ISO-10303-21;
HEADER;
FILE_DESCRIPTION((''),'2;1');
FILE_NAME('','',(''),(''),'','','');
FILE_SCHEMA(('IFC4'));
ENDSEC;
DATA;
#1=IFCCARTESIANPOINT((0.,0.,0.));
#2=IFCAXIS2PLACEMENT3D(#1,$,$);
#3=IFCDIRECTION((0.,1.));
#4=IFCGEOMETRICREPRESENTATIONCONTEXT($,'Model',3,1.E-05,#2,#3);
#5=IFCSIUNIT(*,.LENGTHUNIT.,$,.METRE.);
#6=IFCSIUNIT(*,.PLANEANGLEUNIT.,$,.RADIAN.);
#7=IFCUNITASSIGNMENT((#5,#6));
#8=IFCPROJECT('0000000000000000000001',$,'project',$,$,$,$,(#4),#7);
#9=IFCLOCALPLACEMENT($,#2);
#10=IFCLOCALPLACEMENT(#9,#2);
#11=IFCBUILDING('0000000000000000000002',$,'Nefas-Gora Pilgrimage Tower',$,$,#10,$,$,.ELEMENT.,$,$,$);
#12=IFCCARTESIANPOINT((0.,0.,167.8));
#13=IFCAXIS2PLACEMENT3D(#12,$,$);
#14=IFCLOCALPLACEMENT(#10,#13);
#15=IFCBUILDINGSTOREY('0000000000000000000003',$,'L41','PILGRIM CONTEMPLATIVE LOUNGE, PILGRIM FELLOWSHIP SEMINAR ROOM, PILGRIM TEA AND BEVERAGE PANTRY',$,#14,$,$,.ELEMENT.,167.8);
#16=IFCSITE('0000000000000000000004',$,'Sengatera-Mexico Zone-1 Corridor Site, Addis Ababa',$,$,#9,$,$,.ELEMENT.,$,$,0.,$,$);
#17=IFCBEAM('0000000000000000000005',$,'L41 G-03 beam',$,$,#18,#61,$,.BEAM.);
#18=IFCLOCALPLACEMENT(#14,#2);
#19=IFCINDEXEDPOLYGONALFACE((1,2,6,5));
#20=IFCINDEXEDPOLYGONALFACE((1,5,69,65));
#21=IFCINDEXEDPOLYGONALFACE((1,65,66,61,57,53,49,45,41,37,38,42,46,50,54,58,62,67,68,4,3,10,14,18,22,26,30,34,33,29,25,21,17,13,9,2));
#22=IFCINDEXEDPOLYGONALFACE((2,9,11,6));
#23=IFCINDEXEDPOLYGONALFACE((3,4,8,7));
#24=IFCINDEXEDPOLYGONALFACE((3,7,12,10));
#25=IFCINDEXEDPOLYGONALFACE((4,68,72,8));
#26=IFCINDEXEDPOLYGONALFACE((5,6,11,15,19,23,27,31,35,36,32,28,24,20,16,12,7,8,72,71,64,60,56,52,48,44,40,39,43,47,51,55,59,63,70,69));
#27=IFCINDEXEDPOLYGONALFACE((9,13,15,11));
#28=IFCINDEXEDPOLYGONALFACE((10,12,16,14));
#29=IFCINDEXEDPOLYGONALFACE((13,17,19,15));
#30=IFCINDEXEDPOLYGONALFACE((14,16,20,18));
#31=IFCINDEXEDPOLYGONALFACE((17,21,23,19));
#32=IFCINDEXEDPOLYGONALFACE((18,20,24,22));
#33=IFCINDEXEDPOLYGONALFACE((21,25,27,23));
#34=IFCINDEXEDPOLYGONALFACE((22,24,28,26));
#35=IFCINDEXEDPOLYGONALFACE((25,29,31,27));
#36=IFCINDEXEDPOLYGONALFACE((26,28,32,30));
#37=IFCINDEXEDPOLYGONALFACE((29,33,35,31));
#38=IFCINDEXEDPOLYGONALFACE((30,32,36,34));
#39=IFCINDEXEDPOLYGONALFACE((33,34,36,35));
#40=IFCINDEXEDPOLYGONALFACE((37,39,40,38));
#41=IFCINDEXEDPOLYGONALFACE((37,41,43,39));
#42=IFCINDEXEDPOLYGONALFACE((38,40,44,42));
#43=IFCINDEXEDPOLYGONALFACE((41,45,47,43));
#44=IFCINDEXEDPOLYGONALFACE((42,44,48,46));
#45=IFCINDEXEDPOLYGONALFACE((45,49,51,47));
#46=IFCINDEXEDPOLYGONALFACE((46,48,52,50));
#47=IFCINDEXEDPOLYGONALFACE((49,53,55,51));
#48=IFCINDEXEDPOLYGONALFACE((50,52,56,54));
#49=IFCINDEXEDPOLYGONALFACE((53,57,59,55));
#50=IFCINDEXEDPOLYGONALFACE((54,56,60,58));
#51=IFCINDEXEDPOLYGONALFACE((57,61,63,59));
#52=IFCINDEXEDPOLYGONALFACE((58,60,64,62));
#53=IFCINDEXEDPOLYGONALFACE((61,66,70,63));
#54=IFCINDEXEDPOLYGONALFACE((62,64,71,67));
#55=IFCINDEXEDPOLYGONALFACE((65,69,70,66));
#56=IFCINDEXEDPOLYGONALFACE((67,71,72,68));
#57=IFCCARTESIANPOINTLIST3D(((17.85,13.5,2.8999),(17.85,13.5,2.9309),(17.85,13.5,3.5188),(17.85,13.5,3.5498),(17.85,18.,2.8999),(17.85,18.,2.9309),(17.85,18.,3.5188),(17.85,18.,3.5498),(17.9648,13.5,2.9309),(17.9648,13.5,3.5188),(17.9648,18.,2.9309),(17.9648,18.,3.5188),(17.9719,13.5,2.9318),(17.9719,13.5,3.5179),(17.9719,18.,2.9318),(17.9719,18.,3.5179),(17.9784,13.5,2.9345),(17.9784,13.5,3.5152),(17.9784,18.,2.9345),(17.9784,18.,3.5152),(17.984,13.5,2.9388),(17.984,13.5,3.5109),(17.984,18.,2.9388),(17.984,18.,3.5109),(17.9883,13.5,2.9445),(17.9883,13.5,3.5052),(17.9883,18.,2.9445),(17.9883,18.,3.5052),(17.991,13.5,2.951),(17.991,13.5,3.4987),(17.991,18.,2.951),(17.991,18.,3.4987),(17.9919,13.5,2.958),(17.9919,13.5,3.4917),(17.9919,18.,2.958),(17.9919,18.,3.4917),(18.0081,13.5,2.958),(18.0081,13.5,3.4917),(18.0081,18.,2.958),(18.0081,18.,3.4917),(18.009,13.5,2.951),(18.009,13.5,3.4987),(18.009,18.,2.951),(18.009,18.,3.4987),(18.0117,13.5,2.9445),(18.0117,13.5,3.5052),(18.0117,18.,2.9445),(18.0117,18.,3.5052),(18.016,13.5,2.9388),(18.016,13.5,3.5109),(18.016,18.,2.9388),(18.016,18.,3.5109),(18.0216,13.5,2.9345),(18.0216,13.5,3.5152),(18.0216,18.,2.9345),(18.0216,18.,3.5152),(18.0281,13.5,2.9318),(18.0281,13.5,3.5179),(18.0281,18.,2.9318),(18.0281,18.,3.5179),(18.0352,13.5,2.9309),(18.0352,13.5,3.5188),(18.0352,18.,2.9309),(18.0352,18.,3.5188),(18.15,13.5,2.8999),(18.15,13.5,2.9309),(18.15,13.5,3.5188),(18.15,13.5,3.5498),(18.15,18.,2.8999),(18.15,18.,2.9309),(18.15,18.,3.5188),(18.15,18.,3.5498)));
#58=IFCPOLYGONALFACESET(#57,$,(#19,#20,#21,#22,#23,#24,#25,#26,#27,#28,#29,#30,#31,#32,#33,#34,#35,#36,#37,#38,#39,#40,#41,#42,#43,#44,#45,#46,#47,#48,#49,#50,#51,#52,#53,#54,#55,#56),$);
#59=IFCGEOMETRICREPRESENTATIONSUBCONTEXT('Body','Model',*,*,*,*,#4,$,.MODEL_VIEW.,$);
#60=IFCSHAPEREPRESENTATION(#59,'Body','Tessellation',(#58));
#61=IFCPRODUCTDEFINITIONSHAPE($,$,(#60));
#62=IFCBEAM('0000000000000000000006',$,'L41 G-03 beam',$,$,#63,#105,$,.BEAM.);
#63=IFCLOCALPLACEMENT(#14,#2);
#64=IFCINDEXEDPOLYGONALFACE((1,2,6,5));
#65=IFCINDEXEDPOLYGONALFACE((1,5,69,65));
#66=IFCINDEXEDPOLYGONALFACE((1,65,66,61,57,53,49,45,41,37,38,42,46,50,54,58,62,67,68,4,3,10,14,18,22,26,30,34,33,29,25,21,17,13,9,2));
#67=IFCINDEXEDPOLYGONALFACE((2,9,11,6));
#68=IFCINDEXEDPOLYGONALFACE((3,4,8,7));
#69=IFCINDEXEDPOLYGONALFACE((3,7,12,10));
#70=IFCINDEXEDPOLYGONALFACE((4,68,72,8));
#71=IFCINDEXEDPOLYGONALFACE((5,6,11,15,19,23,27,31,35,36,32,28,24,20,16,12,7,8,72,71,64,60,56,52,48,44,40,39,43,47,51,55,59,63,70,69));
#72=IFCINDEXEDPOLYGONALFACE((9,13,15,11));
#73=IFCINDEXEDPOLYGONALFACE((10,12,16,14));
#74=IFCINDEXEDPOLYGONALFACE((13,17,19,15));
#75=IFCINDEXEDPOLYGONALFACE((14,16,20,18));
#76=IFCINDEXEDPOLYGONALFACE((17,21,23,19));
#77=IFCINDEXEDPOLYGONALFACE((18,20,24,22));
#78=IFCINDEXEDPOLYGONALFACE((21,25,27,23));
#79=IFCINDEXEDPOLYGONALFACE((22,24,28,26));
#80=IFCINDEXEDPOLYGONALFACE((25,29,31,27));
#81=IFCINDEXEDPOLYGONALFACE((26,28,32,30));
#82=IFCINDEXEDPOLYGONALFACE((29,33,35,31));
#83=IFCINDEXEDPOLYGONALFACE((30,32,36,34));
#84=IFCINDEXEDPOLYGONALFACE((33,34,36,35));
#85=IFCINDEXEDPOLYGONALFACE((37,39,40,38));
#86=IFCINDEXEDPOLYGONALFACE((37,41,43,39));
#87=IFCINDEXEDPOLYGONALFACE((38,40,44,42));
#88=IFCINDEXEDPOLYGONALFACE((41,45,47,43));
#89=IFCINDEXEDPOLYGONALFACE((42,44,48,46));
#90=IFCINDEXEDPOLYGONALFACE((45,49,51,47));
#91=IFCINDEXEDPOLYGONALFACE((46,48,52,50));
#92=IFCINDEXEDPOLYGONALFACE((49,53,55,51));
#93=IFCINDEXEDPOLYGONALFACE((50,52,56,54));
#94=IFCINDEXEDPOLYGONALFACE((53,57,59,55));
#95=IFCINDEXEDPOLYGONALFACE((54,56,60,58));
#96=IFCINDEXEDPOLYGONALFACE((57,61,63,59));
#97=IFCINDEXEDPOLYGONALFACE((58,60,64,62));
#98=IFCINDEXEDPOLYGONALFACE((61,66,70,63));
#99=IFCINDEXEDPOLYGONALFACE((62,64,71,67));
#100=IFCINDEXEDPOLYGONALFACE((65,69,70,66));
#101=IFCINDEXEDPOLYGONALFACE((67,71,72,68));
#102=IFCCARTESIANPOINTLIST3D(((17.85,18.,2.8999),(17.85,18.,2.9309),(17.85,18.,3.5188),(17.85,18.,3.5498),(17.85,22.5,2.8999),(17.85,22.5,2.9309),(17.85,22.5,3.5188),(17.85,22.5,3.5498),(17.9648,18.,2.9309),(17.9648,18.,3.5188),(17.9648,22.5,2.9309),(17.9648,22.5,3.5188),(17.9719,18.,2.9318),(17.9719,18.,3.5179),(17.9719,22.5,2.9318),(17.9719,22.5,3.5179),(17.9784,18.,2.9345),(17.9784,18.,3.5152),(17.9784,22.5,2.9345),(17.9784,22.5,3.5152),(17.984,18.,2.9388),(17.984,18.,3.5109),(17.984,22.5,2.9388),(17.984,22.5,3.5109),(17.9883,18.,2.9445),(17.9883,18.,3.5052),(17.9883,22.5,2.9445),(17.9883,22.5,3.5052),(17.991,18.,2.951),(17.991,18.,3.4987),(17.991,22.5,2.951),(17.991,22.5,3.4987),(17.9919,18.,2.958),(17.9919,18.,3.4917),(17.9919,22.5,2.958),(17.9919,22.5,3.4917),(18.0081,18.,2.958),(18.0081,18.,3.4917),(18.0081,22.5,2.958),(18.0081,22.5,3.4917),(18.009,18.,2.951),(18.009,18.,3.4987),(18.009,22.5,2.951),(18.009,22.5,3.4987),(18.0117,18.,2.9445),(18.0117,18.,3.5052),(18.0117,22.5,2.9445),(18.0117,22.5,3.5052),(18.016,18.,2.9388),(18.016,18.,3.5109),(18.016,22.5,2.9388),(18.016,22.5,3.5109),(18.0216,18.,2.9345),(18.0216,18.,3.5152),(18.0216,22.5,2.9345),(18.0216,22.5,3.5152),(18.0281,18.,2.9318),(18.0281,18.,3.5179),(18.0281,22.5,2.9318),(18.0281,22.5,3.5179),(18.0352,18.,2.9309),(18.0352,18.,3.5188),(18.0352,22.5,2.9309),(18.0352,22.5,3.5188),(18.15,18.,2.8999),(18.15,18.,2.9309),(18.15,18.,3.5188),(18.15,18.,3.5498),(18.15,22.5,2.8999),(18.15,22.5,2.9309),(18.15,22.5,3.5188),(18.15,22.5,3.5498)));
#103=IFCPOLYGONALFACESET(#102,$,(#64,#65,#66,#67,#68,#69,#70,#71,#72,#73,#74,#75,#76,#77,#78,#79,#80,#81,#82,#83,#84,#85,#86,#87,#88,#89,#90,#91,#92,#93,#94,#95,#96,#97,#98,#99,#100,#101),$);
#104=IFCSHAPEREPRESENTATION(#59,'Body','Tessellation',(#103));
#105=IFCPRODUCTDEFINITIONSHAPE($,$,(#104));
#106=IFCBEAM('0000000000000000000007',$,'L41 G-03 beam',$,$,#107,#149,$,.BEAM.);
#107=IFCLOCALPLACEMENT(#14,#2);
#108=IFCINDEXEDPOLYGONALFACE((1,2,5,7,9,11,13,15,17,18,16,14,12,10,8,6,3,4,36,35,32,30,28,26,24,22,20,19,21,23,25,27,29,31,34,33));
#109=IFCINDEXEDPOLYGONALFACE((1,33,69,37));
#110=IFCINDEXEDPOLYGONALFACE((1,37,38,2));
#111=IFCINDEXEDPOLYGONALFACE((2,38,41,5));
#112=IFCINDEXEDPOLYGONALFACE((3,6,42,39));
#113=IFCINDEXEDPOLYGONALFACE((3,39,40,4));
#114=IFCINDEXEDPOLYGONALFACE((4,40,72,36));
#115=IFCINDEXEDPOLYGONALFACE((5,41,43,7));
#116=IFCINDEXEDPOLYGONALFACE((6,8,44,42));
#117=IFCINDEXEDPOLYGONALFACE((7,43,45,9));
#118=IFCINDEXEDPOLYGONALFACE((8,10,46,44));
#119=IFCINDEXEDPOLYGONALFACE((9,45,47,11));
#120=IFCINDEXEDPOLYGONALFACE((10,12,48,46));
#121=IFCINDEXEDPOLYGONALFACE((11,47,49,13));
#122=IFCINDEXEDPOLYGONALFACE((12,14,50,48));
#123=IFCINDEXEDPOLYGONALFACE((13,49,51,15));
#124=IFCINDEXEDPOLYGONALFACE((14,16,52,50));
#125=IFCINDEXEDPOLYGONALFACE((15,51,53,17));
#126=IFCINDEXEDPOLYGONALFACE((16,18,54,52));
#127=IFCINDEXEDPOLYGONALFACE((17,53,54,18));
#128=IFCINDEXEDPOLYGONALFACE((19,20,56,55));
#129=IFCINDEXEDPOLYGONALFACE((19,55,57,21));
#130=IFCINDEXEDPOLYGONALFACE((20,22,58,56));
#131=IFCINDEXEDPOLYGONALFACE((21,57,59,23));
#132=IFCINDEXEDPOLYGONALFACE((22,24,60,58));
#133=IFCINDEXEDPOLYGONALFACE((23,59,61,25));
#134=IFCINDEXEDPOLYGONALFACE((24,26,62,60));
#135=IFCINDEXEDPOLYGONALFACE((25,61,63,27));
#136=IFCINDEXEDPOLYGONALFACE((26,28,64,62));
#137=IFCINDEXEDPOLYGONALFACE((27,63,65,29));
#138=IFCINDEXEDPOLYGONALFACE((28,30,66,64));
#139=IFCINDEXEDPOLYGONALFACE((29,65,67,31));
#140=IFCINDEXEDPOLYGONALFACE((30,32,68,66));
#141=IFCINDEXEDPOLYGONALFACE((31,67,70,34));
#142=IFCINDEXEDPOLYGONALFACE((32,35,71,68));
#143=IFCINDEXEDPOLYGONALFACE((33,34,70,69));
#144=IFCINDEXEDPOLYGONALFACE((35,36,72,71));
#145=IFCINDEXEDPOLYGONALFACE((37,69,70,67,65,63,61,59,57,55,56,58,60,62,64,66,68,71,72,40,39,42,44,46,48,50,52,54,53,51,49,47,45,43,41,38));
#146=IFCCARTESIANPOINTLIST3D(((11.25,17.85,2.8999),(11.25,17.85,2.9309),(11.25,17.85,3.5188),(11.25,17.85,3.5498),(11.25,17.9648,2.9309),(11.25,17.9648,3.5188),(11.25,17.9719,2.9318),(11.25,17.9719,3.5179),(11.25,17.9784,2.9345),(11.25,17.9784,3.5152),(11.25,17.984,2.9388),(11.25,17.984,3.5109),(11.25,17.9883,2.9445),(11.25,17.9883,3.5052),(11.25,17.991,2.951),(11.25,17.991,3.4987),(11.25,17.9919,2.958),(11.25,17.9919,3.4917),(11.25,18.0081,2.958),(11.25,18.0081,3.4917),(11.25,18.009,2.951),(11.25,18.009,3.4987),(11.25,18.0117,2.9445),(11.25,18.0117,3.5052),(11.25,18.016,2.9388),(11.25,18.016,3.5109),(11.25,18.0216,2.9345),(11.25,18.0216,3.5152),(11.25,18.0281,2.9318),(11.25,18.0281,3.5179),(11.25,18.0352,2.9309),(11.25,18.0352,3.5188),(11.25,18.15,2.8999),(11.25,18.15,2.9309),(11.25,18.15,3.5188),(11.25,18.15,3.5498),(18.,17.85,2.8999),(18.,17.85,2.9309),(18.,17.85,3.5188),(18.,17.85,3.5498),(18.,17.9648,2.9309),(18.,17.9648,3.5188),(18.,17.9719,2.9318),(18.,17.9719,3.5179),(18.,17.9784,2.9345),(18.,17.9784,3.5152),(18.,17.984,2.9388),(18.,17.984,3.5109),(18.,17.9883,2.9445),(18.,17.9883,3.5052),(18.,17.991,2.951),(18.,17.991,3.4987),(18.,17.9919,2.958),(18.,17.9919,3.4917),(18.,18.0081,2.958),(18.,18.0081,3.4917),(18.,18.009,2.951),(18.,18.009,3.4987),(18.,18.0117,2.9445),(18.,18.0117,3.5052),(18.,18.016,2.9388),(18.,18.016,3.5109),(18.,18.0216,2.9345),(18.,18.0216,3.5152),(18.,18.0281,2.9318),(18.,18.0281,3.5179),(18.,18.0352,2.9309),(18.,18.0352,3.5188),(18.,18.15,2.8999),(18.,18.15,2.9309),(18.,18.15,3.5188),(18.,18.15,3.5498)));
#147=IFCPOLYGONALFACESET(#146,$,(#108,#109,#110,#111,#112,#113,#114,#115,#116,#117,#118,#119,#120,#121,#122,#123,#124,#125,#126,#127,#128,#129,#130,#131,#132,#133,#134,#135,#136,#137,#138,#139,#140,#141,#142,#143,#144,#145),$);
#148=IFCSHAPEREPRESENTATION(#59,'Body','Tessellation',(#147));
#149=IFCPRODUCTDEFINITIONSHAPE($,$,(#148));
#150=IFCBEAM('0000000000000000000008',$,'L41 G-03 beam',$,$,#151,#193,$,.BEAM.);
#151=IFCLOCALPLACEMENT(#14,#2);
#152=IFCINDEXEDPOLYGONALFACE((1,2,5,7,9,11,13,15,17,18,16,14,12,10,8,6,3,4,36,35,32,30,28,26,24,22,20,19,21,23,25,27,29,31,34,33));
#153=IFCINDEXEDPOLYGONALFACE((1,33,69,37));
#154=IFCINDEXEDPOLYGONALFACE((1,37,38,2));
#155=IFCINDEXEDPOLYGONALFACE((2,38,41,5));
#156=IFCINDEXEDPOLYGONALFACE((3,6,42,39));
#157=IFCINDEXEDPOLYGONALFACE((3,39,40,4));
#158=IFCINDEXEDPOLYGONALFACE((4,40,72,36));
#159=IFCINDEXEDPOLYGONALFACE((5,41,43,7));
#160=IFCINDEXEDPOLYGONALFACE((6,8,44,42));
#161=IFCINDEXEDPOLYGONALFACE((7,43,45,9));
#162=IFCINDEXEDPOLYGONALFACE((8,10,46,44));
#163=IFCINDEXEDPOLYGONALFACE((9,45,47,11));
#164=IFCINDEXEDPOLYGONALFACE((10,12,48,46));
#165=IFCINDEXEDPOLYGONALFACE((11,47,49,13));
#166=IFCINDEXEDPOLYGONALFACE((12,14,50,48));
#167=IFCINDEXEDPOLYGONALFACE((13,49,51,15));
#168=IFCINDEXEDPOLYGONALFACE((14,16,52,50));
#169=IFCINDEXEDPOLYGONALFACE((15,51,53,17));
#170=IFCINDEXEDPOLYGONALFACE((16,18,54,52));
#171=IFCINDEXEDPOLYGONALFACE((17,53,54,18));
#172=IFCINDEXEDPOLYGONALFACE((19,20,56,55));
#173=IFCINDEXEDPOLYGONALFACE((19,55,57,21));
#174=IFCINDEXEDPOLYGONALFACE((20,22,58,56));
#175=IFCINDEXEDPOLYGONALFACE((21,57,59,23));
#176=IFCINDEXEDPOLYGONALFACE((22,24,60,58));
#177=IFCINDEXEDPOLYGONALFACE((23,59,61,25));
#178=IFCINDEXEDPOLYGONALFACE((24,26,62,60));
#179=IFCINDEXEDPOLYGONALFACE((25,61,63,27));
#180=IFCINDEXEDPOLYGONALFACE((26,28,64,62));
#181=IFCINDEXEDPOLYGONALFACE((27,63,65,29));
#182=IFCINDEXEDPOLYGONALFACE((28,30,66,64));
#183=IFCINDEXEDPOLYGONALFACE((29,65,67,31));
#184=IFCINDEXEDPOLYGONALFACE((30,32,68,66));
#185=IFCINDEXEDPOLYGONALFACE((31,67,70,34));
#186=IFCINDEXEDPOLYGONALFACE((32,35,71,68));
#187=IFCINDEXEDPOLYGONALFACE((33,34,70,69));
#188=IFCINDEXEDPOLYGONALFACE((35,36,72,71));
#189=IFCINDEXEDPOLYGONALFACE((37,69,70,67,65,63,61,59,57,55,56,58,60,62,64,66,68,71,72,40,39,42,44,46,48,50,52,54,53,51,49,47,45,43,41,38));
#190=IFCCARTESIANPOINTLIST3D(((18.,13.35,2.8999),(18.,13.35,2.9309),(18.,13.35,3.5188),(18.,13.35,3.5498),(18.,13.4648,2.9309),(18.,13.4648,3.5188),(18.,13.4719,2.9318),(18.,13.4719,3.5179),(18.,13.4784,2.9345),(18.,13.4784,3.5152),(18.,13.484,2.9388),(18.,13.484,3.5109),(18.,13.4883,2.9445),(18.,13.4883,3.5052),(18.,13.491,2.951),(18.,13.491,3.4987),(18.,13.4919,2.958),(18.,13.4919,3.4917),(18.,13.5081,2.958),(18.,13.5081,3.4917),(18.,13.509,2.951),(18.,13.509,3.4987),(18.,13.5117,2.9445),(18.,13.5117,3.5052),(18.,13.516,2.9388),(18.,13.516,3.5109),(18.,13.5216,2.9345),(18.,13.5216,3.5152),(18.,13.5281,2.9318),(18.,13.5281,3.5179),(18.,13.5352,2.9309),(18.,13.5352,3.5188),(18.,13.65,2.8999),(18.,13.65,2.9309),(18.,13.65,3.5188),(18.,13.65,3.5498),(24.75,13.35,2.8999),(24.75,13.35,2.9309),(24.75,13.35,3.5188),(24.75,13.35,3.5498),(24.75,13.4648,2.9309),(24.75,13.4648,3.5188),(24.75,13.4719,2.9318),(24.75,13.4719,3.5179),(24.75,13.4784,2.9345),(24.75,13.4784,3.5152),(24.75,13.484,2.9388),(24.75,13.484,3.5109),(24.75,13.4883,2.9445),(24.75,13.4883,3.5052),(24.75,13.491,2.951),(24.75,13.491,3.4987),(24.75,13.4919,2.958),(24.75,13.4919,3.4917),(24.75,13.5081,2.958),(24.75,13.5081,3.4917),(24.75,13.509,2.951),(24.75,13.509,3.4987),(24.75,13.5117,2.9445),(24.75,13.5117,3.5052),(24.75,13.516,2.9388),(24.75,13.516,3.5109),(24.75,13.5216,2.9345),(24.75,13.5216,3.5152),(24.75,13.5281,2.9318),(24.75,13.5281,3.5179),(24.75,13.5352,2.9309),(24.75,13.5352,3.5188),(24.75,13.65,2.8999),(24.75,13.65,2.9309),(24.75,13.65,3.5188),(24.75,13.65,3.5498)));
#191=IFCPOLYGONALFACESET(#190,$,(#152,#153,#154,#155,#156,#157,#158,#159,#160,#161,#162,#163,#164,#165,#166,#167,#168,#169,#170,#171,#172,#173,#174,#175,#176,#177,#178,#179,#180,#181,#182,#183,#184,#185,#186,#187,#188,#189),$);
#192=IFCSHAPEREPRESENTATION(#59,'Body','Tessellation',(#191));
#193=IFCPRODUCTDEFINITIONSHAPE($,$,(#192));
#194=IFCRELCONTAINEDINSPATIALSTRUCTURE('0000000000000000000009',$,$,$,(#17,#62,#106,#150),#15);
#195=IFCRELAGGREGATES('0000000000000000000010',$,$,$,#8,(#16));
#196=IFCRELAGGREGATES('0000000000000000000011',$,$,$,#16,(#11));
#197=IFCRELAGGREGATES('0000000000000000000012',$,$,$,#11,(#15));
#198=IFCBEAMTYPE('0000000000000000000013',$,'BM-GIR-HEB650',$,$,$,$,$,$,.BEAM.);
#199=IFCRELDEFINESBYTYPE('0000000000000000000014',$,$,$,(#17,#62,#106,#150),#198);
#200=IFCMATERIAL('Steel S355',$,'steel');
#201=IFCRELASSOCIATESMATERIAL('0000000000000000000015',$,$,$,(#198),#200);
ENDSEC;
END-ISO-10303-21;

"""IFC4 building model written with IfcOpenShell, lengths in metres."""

from ifc_helpers import new_model, si_unit, direction, frame, origin, origin_2d, place, context, subcontext, project, spatial, i_section, extrude, source, transform, mapped, material, material_profile, profile_set, type_object, element, save


model = new_model("IFC4")

# Units and contexts
model_context = context("Model", 3, precision=1e-05, world=origin(), true_north=direction((0.0, 1.0)))
body_context = subcontext(model_context, "Body", "Model", "MODEL_VIEW")
ifc_project = project(units=[si_unit("LENGTHUNIT", "METRE"), si_unit("PLANEANGLEUNIT", "RADIAN")], contexts=[model_context])

# Site, building, storey
site_placement = place(None, origin())
site = spatial("IfcSite", under=ifc_project, at=site_placement, Name="Sengatera-Mexico Zone-1 Corridor Site, Addis Ababa", CompositionType="ELEMENT", RefElevation=0.0)
building_placement = place(site_placement, origin())
building = spatial("IfcBuilding", under=site, at=building_placement, Name="Nefas-Gora Pilgrimage Tower", CompositionType="ELEMENT")
storey_placement = place(building_placement, frame((0.0, 0.0, 167.8)))
storey = spatial("IfcBuildingStorey", under=building, at=storey_placement, Name="L41", Description="PILGRIM CONTEMPLATIVE LOUNGE, PILGRIM FELLOWSHIP SEMINAR ROOM, PILGRIM TEA AND BEVERAGE PANTRY", CompositionType="ELEMENT", Elevation=167.8)

# Beams
ifc_material_1 = material(Name="Steel S355", Category="steel")
ifc_material_profile_1 = material_profile(ifc_material_1, i_section(OverallWidth=0.3, OverallDepth=0.6499, WebThickness=0.0161, FlangeThickness=0.031, FilletRadius=0.0271, at=origin_2d()), Name="HEB 650")
ifc_profile_set_1 = profile_set([ifc_material_profile_1], Name="Steel S355")
beam_type_1 = type_object("IfcBeamType", Name="BM-GIR-HEB650", PredefinedType="BEAM", material=ifc_profile_set_1)
shared_shape_1 = source(origin(), body_context, "Body", "SweptSolid", [
    extrude(i_section(OverallWidth=0.3, OverallDepth=0.6499, WebThickness=0.0161, FlangeThickness=0.031, FilletRadius=0.0271, at=origin_2d()), origin(), (0.0, 0.0, 1.0), 4.5),
])
for number, where, z_axis, x_axis, name in (
    (1, (18.0, 13.5, 3.2249), (0.0, 1.0, 0.0), (-1.0, 0.0, 0.0), "L41 G-03 beam"),
    (2, (18.0, 18.0, 3.2249), (0.0, 1.0, 0.0), (-1.0, 0.0, 0.0), "L41 G-03 beam"),
):
    element("IfcBeam", number, at=place(storey_placement, frame(where, z_axis=z_axis, x_axis=x_axis)), inside=storey, type_object=beam_type_1, Name=name, PredefinedType="BEAM", context=body_context, shape_type="MappedRepresentation", body=[
        mapped(shared_shape_1, transform((0.0, 0.0, 0.0), x_axis=(1.0, 0.0, 0.0), y_axis=(0.0, 1.0, 0.0), z_axis=(0.0, 0.0, 1.0), scale=1.0)),
    ])
shared_shape_2 = source(origin(), body_context, "Body", "SweptSolid", [
    extrude(i_section(OverallWidth=0.3, OverallDepth=0.6499, WebThickness=0.0161, FlangeThickness=0.031, FilletRadius=0.0271, at=origin_2d()), origin(), (0.0, 0.0, 1.0), 6.75),
])
for number, where, z_axis, x_axis, name in (
    (3, (11.25, 18.0, 3.2249), (1.0, 0.0, 0.0), (0.0, 1.0, 0.0), "L41 G-03 beam"),
    (4, (18.0, 13.5, 3.2249), (1.0, 0.0, 0.0), (0.0, 1.0, 0.0), "L41 G-03 beam"),
):
    element("IfcBeam", number, at=place(storey_placement, frame(where, z_axis=z_axis, x_axis=x_axis)), inside=storey, type_object=beam_type_1, Name=name, PredefinedType="BEAM", context=body_context, shape_type="MappedRepresentation", body=[
        mapped(shared_shape_2, transform((0.0, 0.0, 0.0), x_axis=(1.0, 0.0, 0.0), y_axis=(0.0, 1.0, 0.0), z_axis=(0.0, 0.0, 1.0), scale=1.0)),
    ])

save(model, "model.ifc")
